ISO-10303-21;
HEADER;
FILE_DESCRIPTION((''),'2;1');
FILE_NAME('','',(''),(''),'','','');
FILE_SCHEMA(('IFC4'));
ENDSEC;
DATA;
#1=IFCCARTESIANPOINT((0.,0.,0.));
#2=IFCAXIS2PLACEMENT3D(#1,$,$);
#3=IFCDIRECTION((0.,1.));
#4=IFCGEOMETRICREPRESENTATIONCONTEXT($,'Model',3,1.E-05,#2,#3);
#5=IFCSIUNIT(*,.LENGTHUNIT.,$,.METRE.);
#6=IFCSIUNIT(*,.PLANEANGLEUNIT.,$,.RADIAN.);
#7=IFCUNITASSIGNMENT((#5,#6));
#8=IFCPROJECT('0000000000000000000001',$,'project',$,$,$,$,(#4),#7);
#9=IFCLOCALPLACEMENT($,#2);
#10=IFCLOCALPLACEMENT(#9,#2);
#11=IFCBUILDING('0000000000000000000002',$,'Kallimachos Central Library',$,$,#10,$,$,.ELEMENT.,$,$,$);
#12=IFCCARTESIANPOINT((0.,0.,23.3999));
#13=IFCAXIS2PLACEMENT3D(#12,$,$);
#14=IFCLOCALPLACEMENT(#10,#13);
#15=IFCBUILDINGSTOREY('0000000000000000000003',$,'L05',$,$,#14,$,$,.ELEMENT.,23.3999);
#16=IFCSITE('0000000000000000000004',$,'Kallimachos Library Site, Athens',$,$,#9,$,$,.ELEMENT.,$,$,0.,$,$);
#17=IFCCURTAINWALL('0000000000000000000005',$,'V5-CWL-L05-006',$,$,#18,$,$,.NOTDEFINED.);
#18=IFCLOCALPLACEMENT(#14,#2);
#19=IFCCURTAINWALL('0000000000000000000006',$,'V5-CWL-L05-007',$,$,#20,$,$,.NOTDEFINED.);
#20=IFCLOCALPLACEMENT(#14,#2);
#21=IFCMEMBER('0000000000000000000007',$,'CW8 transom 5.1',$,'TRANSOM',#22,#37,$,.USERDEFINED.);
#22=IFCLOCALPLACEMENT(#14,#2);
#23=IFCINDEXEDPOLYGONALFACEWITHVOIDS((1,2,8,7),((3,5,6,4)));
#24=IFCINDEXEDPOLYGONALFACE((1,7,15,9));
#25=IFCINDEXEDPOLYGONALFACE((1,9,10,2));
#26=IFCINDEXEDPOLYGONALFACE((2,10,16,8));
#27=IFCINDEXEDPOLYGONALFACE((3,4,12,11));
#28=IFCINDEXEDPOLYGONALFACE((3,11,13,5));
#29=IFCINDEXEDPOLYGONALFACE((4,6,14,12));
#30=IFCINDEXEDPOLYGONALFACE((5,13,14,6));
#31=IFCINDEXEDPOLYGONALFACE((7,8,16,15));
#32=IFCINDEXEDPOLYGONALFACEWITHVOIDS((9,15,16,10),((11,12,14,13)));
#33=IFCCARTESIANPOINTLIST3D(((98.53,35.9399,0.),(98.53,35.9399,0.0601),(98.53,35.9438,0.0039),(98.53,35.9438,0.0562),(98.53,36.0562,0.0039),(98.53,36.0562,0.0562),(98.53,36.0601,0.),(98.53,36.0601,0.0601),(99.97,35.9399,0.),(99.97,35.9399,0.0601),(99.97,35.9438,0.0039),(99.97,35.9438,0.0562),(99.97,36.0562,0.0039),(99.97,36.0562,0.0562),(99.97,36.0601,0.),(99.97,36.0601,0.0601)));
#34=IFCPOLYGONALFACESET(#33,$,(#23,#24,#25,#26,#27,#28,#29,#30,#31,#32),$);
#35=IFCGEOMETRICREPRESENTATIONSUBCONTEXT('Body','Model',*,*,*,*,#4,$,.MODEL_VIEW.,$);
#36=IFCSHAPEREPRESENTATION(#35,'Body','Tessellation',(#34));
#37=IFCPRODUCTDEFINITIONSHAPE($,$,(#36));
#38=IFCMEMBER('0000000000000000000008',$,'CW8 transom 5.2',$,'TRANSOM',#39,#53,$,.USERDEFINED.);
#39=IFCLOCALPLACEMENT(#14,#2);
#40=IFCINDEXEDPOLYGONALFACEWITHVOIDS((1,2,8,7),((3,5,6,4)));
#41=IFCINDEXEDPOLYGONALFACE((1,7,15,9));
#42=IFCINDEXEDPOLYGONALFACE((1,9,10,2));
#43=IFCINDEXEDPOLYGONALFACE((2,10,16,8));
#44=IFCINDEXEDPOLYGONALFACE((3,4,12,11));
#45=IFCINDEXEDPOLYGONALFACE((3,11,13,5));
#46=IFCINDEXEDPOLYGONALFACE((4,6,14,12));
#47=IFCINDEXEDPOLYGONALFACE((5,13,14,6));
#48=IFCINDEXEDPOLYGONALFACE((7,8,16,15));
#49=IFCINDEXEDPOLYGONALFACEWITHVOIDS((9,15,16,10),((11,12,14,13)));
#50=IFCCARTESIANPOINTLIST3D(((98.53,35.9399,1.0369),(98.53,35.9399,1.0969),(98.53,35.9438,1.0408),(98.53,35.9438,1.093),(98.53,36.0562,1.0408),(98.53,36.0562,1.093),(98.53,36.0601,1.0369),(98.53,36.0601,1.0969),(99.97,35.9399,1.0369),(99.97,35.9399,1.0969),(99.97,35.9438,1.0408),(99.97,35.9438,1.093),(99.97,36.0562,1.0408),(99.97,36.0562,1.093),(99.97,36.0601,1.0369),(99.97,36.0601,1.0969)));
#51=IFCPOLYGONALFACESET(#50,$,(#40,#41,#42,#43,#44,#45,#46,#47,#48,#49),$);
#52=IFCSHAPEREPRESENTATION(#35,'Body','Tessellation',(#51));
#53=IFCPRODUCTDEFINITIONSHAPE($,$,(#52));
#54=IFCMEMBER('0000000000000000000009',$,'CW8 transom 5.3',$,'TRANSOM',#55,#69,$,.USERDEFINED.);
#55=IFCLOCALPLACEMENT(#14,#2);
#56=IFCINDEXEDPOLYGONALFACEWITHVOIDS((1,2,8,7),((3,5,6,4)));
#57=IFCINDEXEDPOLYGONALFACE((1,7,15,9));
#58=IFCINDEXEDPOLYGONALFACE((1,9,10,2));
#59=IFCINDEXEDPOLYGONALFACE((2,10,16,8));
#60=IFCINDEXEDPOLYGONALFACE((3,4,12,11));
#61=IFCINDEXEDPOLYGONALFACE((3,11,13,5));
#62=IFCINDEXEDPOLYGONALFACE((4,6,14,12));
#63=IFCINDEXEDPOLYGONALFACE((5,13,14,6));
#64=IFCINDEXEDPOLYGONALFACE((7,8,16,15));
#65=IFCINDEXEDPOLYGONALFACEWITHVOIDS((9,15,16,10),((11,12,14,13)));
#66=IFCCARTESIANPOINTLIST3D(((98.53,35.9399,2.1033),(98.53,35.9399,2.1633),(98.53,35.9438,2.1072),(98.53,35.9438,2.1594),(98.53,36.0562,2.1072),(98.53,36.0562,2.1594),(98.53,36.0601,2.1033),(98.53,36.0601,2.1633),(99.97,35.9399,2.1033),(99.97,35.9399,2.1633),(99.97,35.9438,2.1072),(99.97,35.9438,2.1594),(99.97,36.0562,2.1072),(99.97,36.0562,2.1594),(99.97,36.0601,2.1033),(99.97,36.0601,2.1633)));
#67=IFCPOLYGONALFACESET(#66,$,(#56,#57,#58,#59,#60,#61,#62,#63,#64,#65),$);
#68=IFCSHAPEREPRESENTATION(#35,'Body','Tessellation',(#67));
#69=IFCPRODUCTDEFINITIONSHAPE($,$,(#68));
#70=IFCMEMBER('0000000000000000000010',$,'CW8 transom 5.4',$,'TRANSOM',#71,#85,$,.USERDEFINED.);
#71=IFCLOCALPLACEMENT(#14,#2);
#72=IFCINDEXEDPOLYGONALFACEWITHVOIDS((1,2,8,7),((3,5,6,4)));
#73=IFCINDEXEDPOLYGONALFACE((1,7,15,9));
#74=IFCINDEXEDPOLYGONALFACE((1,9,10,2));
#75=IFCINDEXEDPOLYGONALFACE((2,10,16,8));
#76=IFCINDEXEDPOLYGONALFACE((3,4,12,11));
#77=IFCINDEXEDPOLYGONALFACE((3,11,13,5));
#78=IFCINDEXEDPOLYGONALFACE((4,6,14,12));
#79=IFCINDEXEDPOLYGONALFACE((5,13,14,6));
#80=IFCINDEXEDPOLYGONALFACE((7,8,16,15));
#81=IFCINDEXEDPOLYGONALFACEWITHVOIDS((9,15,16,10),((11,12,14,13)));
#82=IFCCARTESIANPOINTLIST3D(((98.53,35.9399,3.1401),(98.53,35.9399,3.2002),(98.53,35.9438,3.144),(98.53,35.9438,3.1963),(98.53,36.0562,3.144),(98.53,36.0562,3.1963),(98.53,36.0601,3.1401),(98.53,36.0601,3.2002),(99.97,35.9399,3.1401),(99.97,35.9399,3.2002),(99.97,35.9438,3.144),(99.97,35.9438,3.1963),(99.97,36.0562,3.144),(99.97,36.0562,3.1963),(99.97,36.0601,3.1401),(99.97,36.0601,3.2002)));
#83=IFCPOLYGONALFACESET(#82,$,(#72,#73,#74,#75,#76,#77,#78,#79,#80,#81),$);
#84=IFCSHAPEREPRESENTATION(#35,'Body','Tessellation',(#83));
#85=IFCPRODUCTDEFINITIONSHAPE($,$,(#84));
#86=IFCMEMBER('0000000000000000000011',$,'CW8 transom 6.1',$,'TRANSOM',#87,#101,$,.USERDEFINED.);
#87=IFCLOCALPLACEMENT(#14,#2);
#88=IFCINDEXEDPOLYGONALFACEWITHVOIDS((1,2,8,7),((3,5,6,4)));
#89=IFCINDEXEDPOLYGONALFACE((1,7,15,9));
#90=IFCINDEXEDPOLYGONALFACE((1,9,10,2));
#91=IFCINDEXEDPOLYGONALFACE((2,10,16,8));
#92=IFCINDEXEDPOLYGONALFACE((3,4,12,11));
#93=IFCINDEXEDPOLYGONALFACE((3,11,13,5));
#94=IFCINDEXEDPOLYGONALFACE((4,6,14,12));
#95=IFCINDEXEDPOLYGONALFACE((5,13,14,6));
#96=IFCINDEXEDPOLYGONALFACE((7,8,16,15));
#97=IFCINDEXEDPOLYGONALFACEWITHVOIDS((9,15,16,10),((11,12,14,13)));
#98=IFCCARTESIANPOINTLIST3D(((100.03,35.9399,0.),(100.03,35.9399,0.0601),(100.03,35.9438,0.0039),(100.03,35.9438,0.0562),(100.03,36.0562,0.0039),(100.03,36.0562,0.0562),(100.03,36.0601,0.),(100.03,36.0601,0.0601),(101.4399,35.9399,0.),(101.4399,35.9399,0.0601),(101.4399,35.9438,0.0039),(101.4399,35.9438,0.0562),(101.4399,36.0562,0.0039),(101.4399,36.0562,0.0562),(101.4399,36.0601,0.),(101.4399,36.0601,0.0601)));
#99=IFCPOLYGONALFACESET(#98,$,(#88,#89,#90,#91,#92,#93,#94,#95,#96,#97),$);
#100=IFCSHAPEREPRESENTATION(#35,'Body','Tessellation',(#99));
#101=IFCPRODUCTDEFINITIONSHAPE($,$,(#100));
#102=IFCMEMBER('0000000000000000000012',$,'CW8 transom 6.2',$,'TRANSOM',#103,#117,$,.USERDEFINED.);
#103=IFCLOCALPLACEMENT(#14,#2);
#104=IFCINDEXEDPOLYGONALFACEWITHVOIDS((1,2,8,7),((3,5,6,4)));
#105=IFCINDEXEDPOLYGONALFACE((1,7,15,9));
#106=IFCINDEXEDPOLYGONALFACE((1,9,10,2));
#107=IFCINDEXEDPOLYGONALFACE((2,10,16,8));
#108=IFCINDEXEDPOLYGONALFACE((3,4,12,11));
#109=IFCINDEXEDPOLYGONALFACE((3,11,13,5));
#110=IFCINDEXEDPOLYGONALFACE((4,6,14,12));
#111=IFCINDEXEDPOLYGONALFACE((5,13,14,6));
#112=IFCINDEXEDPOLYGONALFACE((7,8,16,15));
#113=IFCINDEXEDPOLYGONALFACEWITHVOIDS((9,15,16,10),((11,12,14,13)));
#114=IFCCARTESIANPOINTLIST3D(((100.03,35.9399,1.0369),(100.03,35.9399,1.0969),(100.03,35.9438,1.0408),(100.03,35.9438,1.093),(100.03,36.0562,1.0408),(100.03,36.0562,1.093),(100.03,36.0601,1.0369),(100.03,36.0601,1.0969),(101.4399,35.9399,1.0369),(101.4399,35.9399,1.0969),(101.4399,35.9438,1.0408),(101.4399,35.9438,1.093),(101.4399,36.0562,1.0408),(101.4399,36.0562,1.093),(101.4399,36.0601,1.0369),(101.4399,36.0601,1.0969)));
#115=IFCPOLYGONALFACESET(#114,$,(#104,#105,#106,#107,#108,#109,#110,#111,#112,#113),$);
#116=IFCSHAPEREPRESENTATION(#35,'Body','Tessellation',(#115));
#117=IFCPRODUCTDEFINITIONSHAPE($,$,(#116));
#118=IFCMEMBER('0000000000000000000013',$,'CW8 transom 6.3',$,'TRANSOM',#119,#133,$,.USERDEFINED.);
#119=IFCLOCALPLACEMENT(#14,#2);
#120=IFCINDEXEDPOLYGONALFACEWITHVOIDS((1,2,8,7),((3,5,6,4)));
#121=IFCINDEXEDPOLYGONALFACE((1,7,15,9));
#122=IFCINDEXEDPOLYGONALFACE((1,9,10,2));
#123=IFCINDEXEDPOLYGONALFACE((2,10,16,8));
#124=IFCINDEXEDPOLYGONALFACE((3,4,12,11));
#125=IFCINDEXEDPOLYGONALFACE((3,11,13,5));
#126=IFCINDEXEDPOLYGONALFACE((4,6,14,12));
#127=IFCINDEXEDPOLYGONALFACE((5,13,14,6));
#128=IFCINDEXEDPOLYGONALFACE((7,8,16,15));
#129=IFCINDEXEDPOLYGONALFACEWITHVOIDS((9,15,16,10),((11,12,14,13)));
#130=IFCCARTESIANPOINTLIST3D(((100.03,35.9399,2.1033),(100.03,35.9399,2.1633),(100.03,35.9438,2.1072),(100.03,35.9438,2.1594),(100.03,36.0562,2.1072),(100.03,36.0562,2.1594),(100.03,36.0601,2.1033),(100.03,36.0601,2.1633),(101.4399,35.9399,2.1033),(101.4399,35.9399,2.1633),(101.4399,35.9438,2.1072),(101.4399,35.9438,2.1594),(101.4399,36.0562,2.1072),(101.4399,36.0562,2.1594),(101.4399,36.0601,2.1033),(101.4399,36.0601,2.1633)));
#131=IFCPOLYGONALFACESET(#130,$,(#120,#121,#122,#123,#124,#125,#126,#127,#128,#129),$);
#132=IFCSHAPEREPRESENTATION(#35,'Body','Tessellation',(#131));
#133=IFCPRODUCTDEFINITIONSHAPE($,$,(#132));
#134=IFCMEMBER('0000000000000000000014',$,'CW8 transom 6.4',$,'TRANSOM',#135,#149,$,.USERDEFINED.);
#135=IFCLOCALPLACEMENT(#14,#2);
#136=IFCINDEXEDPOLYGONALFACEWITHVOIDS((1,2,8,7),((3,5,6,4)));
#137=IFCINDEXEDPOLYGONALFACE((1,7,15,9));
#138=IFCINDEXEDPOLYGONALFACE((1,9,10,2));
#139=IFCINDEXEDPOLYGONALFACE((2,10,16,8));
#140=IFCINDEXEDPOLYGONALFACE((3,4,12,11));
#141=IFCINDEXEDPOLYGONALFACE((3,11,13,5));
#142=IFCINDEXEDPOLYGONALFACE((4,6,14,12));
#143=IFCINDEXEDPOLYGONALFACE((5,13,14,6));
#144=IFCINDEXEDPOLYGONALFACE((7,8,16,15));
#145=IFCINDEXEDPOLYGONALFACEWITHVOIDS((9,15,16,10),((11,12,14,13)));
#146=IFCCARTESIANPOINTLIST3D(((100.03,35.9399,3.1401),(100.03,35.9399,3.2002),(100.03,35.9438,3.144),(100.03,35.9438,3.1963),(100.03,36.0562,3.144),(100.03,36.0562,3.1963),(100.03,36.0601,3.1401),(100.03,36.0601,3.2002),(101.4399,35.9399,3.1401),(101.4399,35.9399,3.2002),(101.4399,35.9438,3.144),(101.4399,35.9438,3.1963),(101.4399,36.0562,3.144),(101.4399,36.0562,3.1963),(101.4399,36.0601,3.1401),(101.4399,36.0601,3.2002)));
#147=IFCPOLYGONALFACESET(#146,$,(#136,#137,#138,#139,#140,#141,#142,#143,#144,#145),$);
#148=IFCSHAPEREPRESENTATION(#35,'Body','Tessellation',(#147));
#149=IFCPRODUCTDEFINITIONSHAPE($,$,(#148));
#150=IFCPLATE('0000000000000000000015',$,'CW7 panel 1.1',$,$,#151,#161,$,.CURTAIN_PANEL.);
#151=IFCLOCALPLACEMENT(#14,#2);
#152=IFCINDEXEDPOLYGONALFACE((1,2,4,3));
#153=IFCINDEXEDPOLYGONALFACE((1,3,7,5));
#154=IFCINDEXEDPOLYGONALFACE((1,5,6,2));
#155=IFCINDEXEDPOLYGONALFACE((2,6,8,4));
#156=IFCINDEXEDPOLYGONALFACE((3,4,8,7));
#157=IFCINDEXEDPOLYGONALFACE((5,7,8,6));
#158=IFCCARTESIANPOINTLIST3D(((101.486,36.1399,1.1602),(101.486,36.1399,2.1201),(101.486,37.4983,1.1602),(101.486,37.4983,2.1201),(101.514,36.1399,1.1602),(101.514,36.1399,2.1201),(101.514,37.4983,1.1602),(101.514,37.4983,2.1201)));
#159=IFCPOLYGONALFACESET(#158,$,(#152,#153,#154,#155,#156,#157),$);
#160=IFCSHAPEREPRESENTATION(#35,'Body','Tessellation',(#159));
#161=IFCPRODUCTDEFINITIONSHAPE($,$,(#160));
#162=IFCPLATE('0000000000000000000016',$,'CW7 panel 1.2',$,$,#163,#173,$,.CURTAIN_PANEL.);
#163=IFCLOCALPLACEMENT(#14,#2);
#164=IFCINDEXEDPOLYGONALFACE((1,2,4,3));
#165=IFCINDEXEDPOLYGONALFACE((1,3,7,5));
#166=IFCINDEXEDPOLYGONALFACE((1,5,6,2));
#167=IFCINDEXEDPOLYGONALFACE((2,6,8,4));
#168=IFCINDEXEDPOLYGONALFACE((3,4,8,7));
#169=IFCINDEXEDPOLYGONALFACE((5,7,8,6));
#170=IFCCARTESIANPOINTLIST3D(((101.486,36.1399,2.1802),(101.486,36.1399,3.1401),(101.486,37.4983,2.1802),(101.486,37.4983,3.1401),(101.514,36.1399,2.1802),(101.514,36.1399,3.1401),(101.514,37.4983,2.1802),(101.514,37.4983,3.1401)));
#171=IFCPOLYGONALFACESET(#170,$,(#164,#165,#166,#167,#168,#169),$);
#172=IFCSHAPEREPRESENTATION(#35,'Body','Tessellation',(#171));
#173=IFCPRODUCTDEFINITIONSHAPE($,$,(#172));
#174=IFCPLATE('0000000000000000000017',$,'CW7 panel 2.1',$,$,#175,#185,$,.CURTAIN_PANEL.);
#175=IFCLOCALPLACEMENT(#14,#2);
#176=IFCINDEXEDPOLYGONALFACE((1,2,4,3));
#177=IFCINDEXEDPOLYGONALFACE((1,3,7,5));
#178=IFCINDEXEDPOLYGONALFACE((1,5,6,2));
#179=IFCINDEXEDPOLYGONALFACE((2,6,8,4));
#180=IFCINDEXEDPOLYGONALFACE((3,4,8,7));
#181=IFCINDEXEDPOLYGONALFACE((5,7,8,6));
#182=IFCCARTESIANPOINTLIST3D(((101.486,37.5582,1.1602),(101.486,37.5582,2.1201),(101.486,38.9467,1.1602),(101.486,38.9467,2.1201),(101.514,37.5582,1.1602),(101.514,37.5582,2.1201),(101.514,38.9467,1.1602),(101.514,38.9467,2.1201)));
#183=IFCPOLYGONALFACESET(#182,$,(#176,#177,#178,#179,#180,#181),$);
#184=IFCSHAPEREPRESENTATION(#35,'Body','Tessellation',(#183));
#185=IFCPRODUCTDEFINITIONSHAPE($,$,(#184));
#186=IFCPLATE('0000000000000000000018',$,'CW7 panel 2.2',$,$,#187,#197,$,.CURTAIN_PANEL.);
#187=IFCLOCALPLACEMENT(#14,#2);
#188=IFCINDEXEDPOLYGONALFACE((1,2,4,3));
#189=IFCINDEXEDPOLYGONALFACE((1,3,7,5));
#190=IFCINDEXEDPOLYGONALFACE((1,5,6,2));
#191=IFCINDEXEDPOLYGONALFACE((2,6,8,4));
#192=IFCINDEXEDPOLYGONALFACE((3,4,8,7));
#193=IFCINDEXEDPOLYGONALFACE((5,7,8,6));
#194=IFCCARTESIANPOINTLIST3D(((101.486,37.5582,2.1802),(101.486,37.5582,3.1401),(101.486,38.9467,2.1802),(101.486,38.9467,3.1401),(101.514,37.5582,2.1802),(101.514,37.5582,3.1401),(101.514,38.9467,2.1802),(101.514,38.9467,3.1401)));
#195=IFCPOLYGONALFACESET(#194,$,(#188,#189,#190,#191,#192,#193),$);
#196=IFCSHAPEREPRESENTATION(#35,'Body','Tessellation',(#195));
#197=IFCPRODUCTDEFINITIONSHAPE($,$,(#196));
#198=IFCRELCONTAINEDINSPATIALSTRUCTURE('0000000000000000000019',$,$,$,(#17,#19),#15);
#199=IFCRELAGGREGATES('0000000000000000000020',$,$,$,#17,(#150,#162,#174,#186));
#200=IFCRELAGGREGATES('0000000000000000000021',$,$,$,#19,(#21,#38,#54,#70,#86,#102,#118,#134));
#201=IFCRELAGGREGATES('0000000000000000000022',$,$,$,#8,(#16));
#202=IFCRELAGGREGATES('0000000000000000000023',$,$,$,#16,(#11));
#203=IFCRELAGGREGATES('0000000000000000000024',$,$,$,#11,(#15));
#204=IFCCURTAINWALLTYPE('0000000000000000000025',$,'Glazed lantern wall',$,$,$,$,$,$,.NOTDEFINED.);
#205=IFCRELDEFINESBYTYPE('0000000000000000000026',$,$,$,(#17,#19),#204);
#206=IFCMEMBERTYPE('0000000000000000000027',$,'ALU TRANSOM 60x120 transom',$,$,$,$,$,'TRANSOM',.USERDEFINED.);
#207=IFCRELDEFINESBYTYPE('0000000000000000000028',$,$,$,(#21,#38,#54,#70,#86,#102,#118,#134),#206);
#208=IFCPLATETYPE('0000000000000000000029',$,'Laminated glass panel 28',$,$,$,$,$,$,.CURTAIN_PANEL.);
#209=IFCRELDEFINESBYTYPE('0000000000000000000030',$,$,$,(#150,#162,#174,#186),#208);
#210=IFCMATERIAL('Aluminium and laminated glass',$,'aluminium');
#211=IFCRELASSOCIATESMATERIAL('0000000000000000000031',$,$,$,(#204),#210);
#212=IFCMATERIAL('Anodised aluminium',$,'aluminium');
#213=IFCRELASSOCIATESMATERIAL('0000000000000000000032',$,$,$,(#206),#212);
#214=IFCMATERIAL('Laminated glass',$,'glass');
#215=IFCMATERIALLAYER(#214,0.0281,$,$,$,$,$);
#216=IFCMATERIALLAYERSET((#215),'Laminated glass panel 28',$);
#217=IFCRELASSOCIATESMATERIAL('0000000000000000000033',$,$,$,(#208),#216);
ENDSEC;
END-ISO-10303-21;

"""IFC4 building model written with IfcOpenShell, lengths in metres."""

from ifc_helpers import new_model, si_unit, direction, frame, origin, origin_2d, place, context, subcontext, project, spatial, rectangle, hollow_rectangle, extrude, material, layer, layer_set, material_profile, profile_set, type_object, element, aggregate, save


model = new_model("IFC4")

# Units and contexts
model_context = context("Model", 3, precision=1e-05, world=origin(), true_north=direction((0.0, 1.0)))
body_context = subcontext(model_context, "Body", "Model", "MODEL_VIEW")
ifc_project = project(units=[si_unit("LENGTHUNIT", "METRE"), si_unit("PLANEANGLEUNIT", "RADIAN")], contexts=[model_context])

# Site, building, storey
site_placement = place(None, origin())
site = spatial("IfcSite", under=ifc_project, at=site_placement, Name="Kallimachos Library Site, Athens", CompositionType="ELEMENT", RefElevation=0.0)
building_placement = place(site_placement, origin())
building = spatial("IfcBuilding", under=site, at=building_placement, Name="Kallimachos Central Library", CompositionType="ELEMENT")
storey_placement = place(building_placement, frame((0.0, 0.0, 23.3999)))
storey = spatial("IfcBuildingStorey", under=building, at=storey_placement, Name="L05", CompositionType="ELEMENT", Elevation=23.3999)

# Curtain walls
ifc_material_1 = material(Name="Aluminium and laminated glass", Category="aluminium")
curtain_wall_type = type_object("IfcCurtainWallType", Name="Glazed lantern wall", PredefinedType="NOTDEFINED", material=ifc_material_1)
curtain_wall_1_placement = place(storey_placement, origin())
curtain_wall_1 = element("IfcCurtainWall", 1, at=curtain_wall_1_placement, inside=storey, type_object=curtain_wall_type, Name="V5-CWL-L05-006", PredefinedType="NOTDEFINED")
curtain_wall_2_placement = place(storey_placement, origin())
curtain_wall_2 = element("IfcCurtainWall", 2, at=curtain_wall_2_placement, inside=storey, type_object=curtain_wall_type, Name="V5-CWL-L05-007", PredefinedType="NOTDEFINED")

# Members
ifc_material_2 = material(Name="Anodised aluminium", Category="aluminium")
ifc_material_profile_1 = material_profile(ifc_material_2, hollow_rectangle(XDim=0.0601, YDim=0.1201, WallThickness=0.0039, at=origin_2d()), Name="ALU TRANSOM 60x120")
ifc_profile_set_1 = profile_set([ifc_material_profile_1], Name="Anodised aluminium")
member_type_1 = type_object("IfcMemberType", Name="ALU TRANSOM 60x120 transom", ElementType="TRANSOM", PredefinedType="USERDEFINED", material=ifc_profile_set_1)
member_1_placement = place(storey_placement, frame((98.53, 36.0, 0.03), z_axis=(1.0, 0.0, 0.0), x_axis=(0.0, 0.0, 1.0)))
member_1 = element("IfcMember", 3, at=member_1_placement, type_object=member_type_1, Name="CW8 transom 5.1", ObjectType="TRANSOM", PredefinedType="USERDEFINED", context=body_context, shape_type="SweptSolid", body=[
    extrude(hollow_rectangle(XDim=0.0601, YDim=0.1201, WallThickness=0.0039, at=origin_2d()), origin(), (0.0, 0.0, 1.0), 1.4399),
])
member_2_placement = place(storey_placement, frame((98.53, 36.0, 1.0669), z_axis=(1.0, 0.0, 0.0), x_axis=(0.0, 0.0, 1.0)))
member_2 = element("IfcMember", 4, at=member_2_placement, type_object=member_type_1, Name="CW8 transom 5.2", ObjectType="TRANSOM", PredefinedType="USERDEFINED", context=body_context, shape_type="SweptSolid", body=[
    extrude(hollow_rectangle(XDim=0.0601, YDim=0.1201, WallThickness=0.0039, at=origin_2d()), origin(), (0.0, 0.0, 1.0), 1.4399),
])
member_3_placement = place(storey_placement, frame((98.53, 36.0, 2.1333), z_axis=(1.0, 0.0, 0.0), x_axis=(0.0, 0.0, 1.0)))
member_3 = element("IfcMember", 5, at=member_3_placement, type_object=member_type_1, Name="CW8 transom 5.3", ObjectType="TRANSOM", PredefinedType="USERDEFINED", context=body_context, shape_type="SweptSolid", body=[
    extrude(hollow_rectangle(XDim=0.0601, YDim=0.1201, WallThickness=0.0039, at=origin_2d()), origin(), (0.0, 0.0, 1.0), 1.4399),
])
member_4_placement = place(storey_placement, frame((98.53, 36.0, 3.1702), z_axis=(1.0, 0.0, 0.0), x_axis=(0.0, 0.0, 1.0)))
member_4 = element("IfcMember", 6, at=member_4_placement, type_object=member_type_1, Name="CW8 transom 5.4", ObjectType="TRANSOM", PredefinedType="USERDEFINED", context=body_context, shape_type="SweptSolid", body=[
    extrude(hollow_rectangle(XDim=0.0601, YDim=0.1201, WallThickness=0.0039, at=origin_2d()), origin(), (0.0, 0.0, 1.0), 1.4399),
])
member_5_placement = place(storey_placement, frame((100.03, 36.0, 0.03), z_axis=(1.0, 0.0, 0.0), x_axis=(0.0, 0.0, 1.0)))
member_5 = element("IfcMember", 7, at=member_5_placement, type_object=member_type_1, Name="CW8 transom 6.1", ObjectType="TRANSOM", PredefinedType="USERDEFINED", context=body_context, shape_type="SweptSolid", body=[
    extrude(hollow_rectangle(XDim=0.0601, YDim=0.1201, WallThickness=0.0039, at=origin_2d()), origin(), (0.0, 0.0, 1.0), 1.4099),
])
member_6_placement = place(storey_placement, frame((100.03, 36.0, 1.0669), z_axis=(1.0, 0.0, 0.0), x_axis=(0.0, 0.0, 1.0)))
member_6 = element("IfcMember", 8, at=member_6_placement, type_object=member_type_1, Name="CW8 transom 6.2", ObjectType="TRANSOM", PredefinedType="USERDEFINED", context=body_context, shape_type="SweptSolid", body=[
    extrude(hollow_rectangle(XDim=0.0601, YDim=0.1201, WallThickness=0.0039, at=origin_2d()), origin(), (0.0, 0.0, 1.0), 1.4099),
])
member_7_placement = place(storey_placement, frame((100.03, 36.0, 2.1333), z_axis=(1.0, 0.0, 0.0), x_axis=(0.0, 0.0, 1.0)))
member_7 = element("IfcMember", 9, at=member_7_placement, type_object=member_type_1, Name="CW8 transom 6.3", ObjectType="TRANSOM", PredefinedType="USERDEFINED", context=body_context, shape_type="SweptSolid", body=[
    extrude(hollow_rectangle(XDim=0.0601, YDim=0.1201, WallThickness=0.0039, at=origin_2d()), origin(), (0.0, 0.0, 1.0), 1.4099),
])
member_8_placement = place(storey_placement, frame((100.03, 36.0, 3.1702), z_axis=(1.0, 0.0, 0.0), x_axis=(0.0, 0.0, 1.0)))
member_8 = element("IfcMember", 10, at=member_8_placement, type_object=member_type_1, Name="CW8 transom 6.4", ObjectType="TRANSOM", PredefinedType="USERDEFINED", context=body_context, shape_type="SweptSolid", body=[
    extrude(hollow_rectangle(XDim=0.0601, YDim=0.1201, WallThickness=0.0039, at=origin_2d()), origin(), (0.0, 0.0, 1.0), 1.4099),
])

# Plates
ifc_material_3 = material(Name="Laminated glass", Category="glass")
ifc_layer_1 = layer(ifc_material_3, 0.0281)
ifc_layer_set_1 = layer_set([ifc_layer_1], Name="Laminated glass panel 28")
plate_type = type_object("IfcPlateType", Name="Laminated glass panel 28", PredefinedType="CURTAIN_PANEL", material=ifc_layer_set_1)
plate_1_placement = place(storey_placement, frame((101.5, 36.8191, 1.1602), z_axis=(0.0, 0.0, 1.0), x_axis=(0.0, 1.0, 0.0)))
plate_1 = element("IfcPlate", 11, at=plate_1_placement, type_object=plate_type, Name="CW7 panel 1.1", PredefinedType="CURTAIN_PANEL", context=body_context, shape_type="SweptSolid", body=[
    extrude(rectangle(XDim=1.3584, YDim=0.0281, at=origin_2d()), origin(), (0.0, 0.0, 1.0), 0.96),
])
plate_2_placement = place(storey_placement, frame((101.5, 36.8191, 2.1802), z_axis=(0.0, 0.0, 1.0), x_axis=(0.0, 1.0, 0.0)))
plate_2 = element("IfcPlate", 12, at=plate_2_placement, type_object=plate_type, Name="CW7 panel 1.2", PredefinedType="CURTAIN_PANEL", context=body_context, shape_type="SweptSolid", body=[
    extrude(rectangle(XDim=1.3584, YDim=0.0281, at=origin_2d()), origin(), (0.0, 0.0, 1.0), 0.96),
])
plate_3_placement = place(storey_placement, frame((101.5, 38.2524, 1.1602), z_axis=(0.0, 0.0, 1.0), x_axis=(0.0, 1.0, 0.0)))
plate_3 = element("IfcPlate", 13, at=plate_3_placement, type_object=plate_type, Name="CW7 panel 2.1", PredefinedType="CURTAIN_PANEL", context=body_context, shape_type="SweptSolid", body=[
    extrude(rectangle(XDim=1.3884, YDim=0.0281, at=origin_2d()), origin(), (0.0, 0.0, 1.0), 0.96),
])
plate_4_placement = place(storey_placement, frame((101.5, 38.2524, 2.1802), z_axis=(0.0, 0.0, 1.0), x_axis=(0.0, 1.0, 0.0)))
plate_4 = element("IfcPlate", 14, at=plate_4_placement, type_object=plate_type, Name="CW7 panel 2.2", PredefinedType="CURTAIN_PANEL", context=body_context, shape_type="SweptSolid", body=[
    extrude(rectangle(XDim=1.3884, YDim=0.0281, at=origin_2d()), origin(), (0.0, 0.0, 1.0), 0.96),
])
aggregate(curtain_wall_1, [plate_1, plate_2, plate_3, plate_4])
aggregate(curtain_wall_2, [member_1, member_2, member_3, member_4, member_5, member_6, member_7, member_8])

save(model, "model.ifc")
